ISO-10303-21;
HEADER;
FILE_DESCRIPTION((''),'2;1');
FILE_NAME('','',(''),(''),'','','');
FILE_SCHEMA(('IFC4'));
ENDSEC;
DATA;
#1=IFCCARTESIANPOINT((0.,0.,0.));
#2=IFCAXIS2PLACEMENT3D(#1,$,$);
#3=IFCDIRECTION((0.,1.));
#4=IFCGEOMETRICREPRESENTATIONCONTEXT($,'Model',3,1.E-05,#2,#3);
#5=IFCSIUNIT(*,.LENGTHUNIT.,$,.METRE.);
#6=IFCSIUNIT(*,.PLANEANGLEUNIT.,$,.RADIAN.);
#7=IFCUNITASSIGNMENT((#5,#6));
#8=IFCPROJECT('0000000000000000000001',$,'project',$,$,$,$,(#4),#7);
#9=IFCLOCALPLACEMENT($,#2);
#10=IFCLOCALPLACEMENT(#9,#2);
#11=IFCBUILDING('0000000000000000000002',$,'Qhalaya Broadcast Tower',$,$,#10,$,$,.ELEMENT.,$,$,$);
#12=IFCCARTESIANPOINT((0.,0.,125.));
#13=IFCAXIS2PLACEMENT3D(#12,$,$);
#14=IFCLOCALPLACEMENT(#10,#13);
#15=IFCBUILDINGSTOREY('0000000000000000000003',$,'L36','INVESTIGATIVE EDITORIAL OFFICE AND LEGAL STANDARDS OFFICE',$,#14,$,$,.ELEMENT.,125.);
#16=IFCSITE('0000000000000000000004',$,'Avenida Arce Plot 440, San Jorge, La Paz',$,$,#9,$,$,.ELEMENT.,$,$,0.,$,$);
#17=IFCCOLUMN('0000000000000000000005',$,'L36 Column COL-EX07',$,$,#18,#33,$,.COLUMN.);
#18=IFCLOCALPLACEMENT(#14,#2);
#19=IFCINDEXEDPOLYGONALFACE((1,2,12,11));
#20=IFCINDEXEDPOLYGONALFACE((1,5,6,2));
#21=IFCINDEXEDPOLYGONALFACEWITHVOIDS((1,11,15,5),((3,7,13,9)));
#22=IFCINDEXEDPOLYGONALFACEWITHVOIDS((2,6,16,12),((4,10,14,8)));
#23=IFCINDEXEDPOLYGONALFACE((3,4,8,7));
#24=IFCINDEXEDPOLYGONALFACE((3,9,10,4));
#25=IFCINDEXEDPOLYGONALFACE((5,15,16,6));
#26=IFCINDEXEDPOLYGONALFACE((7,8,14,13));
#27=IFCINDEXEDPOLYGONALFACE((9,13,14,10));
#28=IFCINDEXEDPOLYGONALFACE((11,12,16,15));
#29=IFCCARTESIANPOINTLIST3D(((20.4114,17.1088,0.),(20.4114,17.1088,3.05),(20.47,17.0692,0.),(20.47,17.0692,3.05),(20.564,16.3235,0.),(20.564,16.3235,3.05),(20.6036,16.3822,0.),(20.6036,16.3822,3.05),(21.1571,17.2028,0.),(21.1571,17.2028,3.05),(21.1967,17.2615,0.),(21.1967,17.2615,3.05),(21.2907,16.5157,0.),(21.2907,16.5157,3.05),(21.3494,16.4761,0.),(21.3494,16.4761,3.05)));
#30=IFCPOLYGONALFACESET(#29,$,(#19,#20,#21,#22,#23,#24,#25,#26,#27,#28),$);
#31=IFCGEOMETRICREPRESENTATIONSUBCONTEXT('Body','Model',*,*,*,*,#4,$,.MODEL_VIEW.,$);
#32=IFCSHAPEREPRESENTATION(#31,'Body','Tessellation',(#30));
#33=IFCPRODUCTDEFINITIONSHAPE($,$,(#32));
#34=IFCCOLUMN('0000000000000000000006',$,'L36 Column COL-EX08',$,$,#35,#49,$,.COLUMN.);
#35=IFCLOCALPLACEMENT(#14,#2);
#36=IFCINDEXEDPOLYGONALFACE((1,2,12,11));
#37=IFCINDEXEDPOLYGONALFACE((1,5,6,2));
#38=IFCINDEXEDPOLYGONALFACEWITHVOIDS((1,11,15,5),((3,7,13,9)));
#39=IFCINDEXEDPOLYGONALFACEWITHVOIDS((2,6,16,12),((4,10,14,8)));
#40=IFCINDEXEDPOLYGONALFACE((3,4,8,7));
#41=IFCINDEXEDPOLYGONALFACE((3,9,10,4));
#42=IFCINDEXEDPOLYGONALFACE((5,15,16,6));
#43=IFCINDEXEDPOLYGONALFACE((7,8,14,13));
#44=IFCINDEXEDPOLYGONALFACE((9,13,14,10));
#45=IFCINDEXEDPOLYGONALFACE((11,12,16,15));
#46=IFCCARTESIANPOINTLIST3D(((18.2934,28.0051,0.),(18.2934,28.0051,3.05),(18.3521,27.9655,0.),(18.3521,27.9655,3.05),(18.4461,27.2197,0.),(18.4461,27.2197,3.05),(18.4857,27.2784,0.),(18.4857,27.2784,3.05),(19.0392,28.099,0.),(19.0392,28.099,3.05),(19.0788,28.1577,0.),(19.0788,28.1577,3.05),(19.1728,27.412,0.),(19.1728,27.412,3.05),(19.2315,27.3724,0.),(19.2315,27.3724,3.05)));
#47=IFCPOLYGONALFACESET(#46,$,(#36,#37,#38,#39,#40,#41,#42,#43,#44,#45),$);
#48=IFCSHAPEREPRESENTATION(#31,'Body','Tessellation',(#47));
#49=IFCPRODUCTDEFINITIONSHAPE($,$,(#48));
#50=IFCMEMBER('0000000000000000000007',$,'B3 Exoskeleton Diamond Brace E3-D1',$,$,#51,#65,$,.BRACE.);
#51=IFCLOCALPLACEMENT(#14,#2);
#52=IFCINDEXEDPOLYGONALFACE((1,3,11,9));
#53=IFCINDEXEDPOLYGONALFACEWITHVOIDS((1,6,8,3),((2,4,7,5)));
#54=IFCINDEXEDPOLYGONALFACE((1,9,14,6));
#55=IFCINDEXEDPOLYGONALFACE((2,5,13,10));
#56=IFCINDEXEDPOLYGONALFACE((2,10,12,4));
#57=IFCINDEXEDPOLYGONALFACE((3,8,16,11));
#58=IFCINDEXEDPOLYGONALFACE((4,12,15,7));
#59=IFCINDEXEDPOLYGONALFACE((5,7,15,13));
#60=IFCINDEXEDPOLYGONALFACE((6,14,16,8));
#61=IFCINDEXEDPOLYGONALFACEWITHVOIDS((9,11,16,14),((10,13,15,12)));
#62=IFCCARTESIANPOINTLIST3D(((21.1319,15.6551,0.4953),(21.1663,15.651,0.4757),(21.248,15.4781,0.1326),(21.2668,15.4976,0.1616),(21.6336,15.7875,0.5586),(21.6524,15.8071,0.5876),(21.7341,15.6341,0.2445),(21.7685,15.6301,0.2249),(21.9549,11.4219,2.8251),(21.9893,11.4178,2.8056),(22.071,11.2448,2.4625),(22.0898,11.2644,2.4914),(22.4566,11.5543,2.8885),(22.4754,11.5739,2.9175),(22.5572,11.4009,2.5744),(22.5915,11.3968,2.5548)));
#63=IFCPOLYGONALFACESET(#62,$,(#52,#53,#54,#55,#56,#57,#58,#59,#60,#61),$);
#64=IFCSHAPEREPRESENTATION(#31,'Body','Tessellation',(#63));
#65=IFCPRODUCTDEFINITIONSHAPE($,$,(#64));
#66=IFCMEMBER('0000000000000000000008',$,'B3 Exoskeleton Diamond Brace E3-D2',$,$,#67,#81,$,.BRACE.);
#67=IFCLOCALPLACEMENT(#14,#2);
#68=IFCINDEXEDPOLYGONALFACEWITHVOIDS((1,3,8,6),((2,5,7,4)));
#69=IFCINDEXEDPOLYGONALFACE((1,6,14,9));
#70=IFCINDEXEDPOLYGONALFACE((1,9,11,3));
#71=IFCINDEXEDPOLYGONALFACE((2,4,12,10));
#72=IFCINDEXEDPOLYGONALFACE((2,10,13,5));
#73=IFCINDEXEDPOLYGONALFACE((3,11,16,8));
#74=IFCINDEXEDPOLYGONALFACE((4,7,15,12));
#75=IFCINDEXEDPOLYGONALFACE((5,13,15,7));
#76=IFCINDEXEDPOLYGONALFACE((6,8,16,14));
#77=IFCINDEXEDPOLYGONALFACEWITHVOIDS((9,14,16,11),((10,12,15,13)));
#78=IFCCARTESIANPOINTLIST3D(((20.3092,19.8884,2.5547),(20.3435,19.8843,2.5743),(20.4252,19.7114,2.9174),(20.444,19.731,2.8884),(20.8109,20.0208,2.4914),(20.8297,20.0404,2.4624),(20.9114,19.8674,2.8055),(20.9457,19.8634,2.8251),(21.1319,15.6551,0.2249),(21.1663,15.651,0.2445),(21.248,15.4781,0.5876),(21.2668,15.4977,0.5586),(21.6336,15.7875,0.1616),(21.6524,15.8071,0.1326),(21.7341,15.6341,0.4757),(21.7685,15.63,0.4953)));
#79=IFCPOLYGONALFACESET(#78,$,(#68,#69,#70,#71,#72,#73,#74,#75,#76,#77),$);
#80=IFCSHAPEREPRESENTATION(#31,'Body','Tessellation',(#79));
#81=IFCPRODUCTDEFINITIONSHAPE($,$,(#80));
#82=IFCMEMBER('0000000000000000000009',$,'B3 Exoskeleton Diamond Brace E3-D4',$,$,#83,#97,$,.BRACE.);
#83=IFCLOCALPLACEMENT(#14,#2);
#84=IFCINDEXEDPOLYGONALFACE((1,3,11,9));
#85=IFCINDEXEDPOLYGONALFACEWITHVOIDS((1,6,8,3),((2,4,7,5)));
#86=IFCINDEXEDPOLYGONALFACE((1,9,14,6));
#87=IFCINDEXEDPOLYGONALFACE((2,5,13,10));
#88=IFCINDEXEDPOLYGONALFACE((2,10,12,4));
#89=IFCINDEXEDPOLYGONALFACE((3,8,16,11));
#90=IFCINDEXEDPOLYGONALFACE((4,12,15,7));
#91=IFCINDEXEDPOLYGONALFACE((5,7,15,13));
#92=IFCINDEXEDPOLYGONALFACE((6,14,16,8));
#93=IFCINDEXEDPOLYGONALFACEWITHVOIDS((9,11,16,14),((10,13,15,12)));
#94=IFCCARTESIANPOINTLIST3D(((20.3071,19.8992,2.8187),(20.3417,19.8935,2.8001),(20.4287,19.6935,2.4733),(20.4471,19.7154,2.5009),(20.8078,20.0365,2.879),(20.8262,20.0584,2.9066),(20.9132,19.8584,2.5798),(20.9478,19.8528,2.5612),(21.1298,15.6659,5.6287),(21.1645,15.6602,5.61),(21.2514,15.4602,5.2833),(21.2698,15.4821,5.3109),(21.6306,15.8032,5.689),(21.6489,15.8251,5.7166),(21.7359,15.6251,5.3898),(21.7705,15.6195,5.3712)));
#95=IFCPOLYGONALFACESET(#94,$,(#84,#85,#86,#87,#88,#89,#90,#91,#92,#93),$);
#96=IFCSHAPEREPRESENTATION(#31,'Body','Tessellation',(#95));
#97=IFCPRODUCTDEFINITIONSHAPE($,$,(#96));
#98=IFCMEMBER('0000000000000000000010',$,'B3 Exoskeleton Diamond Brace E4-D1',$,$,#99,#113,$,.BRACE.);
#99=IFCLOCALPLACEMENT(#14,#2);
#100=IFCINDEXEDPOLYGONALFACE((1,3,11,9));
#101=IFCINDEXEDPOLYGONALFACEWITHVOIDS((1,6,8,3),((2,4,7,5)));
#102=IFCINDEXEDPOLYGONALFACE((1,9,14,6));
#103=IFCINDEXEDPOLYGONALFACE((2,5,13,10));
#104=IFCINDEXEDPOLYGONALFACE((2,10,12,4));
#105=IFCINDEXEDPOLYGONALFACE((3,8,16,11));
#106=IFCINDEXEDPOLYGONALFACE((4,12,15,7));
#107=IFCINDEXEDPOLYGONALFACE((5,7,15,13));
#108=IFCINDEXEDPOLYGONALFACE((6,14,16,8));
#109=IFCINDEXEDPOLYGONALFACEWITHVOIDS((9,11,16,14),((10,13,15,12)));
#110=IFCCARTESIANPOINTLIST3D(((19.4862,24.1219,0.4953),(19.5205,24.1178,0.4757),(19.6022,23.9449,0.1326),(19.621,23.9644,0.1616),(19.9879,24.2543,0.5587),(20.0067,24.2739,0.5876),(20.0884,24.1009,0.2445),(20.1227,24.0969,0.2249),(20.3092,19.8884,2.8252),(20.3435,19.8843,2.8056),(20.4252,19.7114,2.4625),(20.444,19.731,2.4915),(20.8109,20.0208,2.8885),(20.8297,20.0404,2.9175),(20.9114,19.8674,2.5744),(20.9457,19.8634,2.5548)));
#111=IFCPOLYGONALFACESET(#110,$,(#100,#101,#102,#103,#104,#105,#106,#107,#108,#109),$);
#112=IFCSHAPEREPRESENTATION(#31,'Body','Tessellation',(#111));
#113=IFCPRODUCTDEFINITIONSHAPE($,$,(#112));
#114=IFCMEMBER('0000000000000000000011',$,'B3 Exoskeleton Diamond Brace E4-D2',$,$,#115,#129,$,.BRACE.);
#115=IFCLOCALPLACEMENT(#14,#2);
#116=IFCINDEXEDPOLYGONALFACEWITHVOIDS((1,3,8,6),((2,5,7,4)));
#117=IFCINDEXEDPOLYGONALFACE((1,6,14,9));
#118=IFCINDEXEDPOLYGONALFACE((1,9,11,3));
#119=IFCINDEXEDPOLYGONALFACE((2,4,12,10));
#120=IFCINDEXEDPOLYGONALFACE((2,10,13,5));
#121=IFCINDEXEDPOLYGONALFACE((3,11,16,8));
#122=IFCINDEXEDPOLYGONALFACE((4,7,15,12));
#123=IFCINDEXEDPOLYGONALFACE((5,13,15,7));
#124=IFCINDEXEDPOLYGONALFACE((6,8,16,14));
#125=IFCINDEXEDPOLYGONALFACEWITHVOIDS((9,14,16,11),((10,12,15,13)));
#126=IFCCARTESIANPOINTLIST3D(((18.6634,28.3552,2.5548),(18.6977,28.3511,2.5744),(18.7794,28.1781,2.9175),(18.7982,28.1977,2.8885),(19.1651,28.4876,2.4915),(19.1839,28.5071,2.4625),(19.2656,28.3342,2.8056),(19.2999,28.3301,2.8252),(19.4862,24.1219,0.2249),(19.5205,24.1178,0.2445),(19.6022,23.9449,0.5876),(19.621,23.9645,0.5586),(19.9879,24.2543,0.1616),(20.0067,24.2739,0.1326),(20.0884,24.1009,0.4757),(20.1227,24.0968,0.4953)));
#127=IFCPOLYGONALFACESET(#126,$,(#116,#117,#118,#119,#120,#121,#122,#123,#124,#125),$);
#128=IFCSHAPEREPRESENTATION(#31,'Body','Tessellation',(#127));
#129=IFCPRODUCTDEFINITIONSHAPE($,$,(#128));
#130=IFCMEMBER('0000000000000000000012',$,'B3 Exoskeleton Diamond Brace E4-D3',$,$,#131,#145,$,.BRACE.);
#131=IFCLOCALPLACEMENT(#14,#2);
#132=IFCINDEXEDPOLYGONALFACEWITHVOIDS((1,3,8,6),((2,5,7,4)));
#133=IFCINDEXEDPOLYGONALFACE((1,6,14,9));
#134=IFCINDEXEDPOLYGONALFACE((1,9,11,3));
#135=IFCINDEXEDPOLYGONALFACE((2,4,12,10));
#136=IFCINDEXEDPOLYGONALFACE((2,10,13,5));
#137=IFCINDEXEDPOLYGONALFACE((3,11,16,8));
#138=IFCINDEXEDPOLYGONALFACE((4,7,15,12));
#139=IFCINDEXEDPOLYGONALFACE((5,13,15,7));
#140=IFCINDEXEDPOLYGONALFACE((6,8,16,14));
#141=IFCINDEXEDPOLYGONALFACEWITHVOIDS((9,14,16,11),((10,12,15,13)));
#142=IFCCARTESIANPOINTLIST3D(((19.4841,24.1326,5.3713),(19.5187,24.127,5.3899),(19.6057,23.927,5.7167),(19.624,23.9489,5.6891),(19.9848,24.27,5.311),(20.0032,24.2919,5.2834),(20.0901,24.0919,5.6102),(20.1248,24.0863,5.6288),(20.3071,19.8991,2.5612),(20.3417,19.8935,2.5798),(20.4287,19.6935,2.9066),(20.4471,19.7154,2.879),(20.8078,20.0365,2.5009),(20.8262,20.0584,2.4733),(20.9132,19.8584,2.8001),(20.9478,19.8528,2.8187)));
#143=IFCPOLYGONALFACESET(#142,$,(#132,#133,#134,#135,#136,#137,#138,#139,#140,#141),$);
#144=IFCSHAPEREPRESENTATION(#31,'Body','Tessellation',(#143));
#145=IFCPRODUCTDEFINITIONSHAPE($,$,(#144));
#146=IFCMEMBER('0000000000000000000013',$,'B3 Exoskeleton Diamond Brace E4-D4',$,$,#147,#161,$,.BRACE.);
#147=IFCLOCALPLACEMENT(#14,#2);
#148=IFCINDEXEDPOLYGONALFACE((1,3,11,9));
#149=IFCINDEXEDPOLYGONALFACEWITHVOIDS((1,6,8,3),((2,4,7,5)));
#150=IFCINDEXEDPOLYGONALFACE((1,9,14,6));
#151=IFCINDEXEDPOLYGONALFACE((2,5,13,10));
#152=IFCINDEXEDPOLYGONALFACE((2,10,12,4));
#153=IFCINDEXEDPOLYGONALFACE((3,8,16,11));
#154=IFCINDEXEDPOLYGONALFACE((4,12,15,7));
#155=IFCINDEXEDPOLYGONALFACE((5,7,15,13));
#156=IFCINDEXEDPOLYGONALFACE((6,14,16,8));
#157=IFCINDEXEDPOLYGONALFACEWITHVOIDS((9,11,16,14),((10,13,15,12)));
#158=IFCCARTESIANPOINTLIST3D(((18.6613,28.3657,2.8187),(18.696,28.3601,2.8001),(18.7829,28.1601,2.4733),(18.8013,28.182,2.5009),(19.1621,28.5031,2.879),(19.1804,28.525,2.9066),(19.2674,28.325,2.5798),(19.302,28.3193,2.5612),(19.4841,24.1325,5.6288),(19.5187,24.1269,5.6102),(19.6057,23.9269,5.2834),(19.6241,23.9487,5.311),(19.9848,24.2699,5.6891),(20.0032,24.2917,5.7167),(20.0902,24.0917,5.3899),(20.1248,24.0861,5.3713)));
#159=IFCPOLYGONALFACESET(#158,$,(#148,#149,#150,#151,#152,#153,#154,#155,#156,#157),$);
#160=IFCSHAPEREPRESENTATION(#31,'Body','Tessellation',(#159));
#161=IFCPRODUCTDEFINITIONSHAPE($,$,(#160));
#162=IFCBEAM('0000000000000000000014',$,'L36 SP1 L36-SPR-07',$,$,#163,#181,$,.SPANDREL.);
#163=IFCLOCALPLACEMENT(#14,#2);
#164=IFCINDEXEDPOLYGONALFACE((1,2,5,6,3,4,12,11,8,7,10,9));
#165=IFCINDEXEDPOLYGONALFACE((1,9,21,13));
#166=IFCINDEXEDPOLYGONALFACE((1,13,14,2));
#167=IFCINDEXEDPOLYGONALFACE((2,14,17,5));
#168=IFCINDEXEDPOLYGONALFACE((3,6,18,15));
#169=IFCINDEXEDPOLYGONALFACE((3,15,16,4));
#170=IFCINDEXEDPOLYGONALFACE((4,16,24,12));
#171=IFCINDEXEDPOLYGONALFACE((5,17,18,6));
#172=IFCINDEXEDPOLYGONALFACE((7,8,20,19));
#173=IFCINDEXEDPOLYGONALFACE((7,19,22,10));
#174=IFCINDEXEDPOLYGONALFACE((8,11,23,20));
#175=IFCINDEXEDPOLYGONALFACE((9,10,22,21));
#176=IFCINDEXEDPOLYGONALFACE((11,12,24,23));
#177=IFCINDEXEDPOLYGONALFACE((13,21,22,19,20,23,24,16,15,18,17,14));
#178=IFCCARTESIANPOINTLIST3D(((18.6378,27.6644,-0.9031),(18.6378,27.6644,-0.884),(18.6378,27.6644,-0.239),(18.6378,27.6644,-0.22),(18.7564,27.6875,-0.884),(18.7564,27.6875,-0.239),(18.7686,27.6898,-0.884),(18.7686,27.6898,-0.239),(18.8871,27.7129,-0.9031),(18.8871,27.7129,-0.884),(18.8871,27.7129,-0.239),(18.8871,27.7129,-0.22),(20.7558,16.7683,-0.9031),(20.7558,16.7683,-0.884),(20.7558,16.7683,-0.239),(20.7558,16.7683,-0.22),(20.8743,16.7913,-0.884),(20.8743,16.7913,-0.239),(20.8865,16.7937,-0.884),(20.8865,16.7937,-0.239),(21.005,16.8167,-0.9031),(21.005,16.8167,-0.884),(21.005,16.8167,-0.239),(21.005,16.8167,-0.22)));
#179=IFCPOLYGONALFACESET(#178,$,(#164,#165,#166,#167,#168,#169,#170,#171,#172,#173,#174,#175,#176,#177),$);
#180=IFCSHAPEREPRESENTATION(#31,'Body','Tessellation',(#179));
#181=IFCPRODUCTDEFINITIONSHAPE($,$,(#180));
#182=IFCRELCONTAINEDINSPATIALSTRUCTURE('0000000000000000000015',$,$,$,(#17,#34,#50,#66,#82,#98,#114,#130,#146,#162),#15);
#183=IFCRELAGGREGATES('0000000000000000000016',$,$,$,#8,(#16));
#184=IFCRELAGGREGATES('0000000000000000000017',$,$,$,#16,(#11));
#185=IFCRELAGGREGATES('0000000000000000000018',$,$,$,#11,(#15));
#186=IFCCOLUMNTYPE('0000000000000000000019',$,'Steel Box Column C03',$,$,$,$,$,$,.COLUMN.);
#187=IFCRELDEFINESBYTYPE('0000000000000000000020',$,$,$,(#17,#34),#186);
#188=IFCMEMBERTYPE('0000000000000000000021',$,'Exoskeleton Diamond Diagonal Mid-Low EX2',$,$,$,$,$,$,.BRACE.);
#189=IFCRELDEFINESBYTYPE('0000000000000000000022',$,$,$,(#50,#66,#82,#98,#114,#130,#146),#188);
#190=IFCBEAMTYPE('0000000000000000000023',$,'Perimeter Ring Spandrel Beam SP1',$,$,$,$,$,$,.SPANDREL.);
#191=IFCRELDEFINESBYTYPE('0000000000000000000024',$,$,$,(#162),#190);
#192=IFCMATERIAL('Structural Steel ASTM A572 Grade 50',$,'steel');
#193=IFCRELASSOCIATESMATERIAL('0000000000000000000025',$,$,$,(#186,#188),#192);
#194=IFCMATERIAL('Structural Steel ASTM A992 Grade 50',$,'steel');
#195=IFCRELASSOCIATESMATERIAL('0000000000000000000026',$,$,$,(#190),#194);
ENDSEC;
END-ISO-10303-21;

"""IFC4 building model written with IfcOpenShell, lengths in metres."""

from ifc_helpers import new_model, si_unit, direction, frame, origin, origin_2d, place, context, subcontext, project, spatial, hollow_rectangle, i_section, extrude, material, material_profile, profile_set, type_object, element, save


model = new_model("IFC4")

# Units and contexts
model_context = context("Model", 3, precision=1e-05, world=origin(), true_north=direction((0.0, 1.0)))
body_context = subcontext(model_context, "Body", "Model", "MODEL_VIEW")
ifc_project = project(units=[si_unit("LENGTHUNIT", "METRE"), si_unit("PLANEANGLEUNIT", "RADIAN")], contexts=[model_context])

# Site, building, storey
site_placement = place(None, origin())
site = spatial("IfcSite", under=ifc_project, at=site_placement, Name="Avenida Arce Plot 440, San Jorge, La Paz", CompositionType="ELEMENT", RefElevation=0.0)
building_placement = place(site_placement, origin())
building = spatial("IfcBuilding", under=site, at=building_placement, Name="Qhalaya Broadcast Tower", CompositionType="ELEMENT")
storey_placement = place(building_placement, frame((0.0, 0.0, 125.0)))
storey = spatial("IfcBuildingStorey", under=building, at=storey_placement, Name="L36", Description="INVESTIGATIVE EDITORIAL OFFICE AND LEGAL STANDARDS OFFICE", CompositionType="ELEMENT", Elevation=125.0)

# Columns
ifc_material_1 = material(Name="Structural Steel ASTM A572 Grade 50", Category="steel")
ifc_material_profile_1 = material_profile(ifc_material_1, hollow_rectangle(XDim=0.8, YDim=0.8, WallThickness=0.05, at=origin_2d()), Name="BOX 800x800x50")
ifc_profile_set_1 = profile_set([ifc_material_profile_1], Name="Structural Steel ASTM A572 Grade 50")
column_type = type_object("IfcColumnType", Name="Steel Box Column C03", PredefinedType="COLUMN", material=ifc_profile_set_1)
for number, where, z_axis, x_axis, name in (
    (1, (20.8804, 16.7925, 0.0), (0.0, 0.0, 1.0), (-0.190809, 0.981627, 0.0), "L36 Column COL-EX07"),
    (2, (18.7625, 27.6887, 0.0), (0.0, 0.0, 1.0), (-0.190809, 0.981627, 0.0), "L36 Column COL-EX08"),
):
    element("IfcColumn", number, at=place(storey_placement, frame(where, z_axis=z_axis, x_axis=x_axis)), inside=storey, type_object=column_type, Name=name, PredefinedType="COLUMN", context=body_context, shape_type="SweptSolid", body=[
        extrude(hollow_rectangle(XDim=0.8, YDim=0.8, WallThickness=0.05, at=origin_2d()), origin(), (0.0, 0.0, 1.0), 3.05),
    ])

# Members
ifc_material_profile_2 = material_profile(ifc_material_1, hollow_rectangle(XDim=0.4199, YDim=0.55, WallThickness=0.0281, at=origin_2d()), Name="BOX 420x550x28")
ifc_profile_set_2 = profile_set([ifc_material_profile_2], Name="Structural Steel ASTM A572 Grade 50")
member_type = type_object("IfcMemberType", Name="Exoskeleton Diamond Diagonal Mid-Low EX2", PredefinedType="BRACE", material=ifc_profile_set_2)
for number, where, z_axis, x_axis, name in (
    (3, (21.4502, 15.6426, 0.3601), (0.167906, -0.863638, 0.475327), (-0.276349, 0.421604, 0.863644), "B3 Exoskeleton Diamond Brace E3-D1"),
    (4, (21.4502, 15.6426, 0.3601), (-0.167851, 0.863658, 0.475311), (0.276318, -0.421606, 0.863653), "B3 Exoskeleton Diamond Brace E3-D2"),
):
    element("IfcMember", number, at=place(storey_placement, frame(where, z_axis=z_axis, x_axis=x_axis)), inside=storey, type_object=member_type, Name=name, PredefinedType="BRACE", context=body_context, shape_type="SweptSolid", body=[
        extrude(hollow_rectangle(XDim=0.4199, YDim=0.55, WallThickness=0.0281, at=origin_2d()), origin(), (0.0, 0.0, 1.0), 4.9016),
    ])
member_1_placement = place(storey_placement, frame((20.6274, 19.876, 2.6899), z_axis=(0.159841, -0.822445, 0.545925), x_axis=(-0.289542, 0.48965, 0.82244)))
element("IfcMember", 5, at=member_1_placement, inside=storey, type_object=member_type, Name="B3 Exoskeleton Diamond Brace E3-D4", PredefinedType="BRACE", context=body_context, shape_type="SweptSolid", body=[
    extrude(hollow_rectangle(XDim=0.4199, YDim=0.55, WallThickness=0.0281, at=origin_2d()), origin(), (0.0, 0.0, 1.0), 5.1472),
])
member_2_placement = place(storey_placement, frame((19.8044, 24.1094, 0.3601), z_axis=(0.167899, -0.863651, 0.475307), x_axis=(-0.27634, 0.421587, 0.863655)))
element("IfcMember", 6, at=member_2_placement, inside=storey, type_object=member_type, Name="B3 Exoskeleton Diamond Brace E4-D1", PredefinedType="BRACE", context=body_context, shape_type="SweptSolid", body=[
    extrude(hollow_rectangle(XDim=0.4199, YDim=0.55, WallThickness=0.0281, at=origin_2d()), origin(), (0.0, 0.0, 1.0), 4.9019),
])
member_3_placement = place(storey_placement, frame((19.8044, 24.1094, 0.3601), z_axis=(-0.167858, 0.863646, 0.475331), x_axis=(0.276326, -0.421623, 0.863642)))
element("IfcMember", 7, at=member_3_placement, inside=storey, type_object=member_type, Name="B3 Exoskeleton Diamond Brace E4-D2", PredefinedType="BRACE", context=body_context, shape_type="SweptSolid", body=[
    extrude(hollow_rectangle(XDim=0.4199, YDim=0.55, WallThickness=0.0281, at=origin_2d()), origin(), (0.0, 0.0, 1.0), 4.9016),
])
member_4_placement = place(storey_placement, frame((20.6274, 19.876, 2.6899), z_axis=(-0.159887, 0.822439, 0.545921), x_axis=(0.289568, -0.48963, 0.822443)))
element("IfcMember", 8, at=member_4_placement, inside=storey, type_object=member_type, Name="B3 Exoskeleton Diamond Brace E4-D3", PredefinedType="BRACE", context=body_context, shape_type="SweptSolid", body=[
    extrude(hollow_rectangle(XDim=0.4199, YDim=0.55, WallThickness=0.0281, at=origin_2d()), origin(), (0.0, 0.0, 1.0), 5.1475),
])
member_5_placement = place(storey_placement, frame((18.9817, 28.3425, 2.6899), z_axis=(0.159847, -0.82243, 0.545947), x_axis=(-0.289551, 0.489668, 0.822427)))
element("IfcMember", 9, at=member_5_placement, inside=storey, type_object=member_type, Name="B3 Exoskeleton Diamond Brace E4-D4", PredefinedType="BRACE", context=body_context, shape_type="SweptSolid", body=[
    extrude(hollow_rectangle(XDim=0.4199, YDim=0.55, WallThickness=0.0281, at=origin_2d()), origin(), (0.0, 0.0, 1.0), 5.1472),
])

# Beam
ifc_material_2 = material(Name="Structural Steel ASTM A992 Grade 50", Category="steel")
ifc_material_profile_3 = material_profile(ifc_material_2, i_section(OverallWidth=0.2539, OverallDepth=0.6831, WebThickness=0.0125, FlangeThickness=0.019, at=origin_2d()), Name="W27X94")
ifc_profile_set_3 = profile_set([ifc_material_profile_3], Name="Structural Steel ASTM A992 Grade 50")
beam_type = type_object("IfcBeamType", Name="Perimeter Ring Spandrel Beam SP1", PredefinedType="SPANDREL", material=ifc_profile_set_3)
beam_1_placement = place(storey_placement, frame((20.8804, 16.7925, -0.5615), z_axis=(-0.190801, 0.981629, 0.0), x_axis=(-0.981629, -0.190801, 0.0)))
element("IfcBeam", 10, at=beam_1_placement, inside=storey, type_object=beam_type, Name="L36 SP1 L36-SPR-07", PredefinedType="SPANDREL", context=body_context, shape_type="SweptSolid", body=[
    extrude(i_section(OverallWidth=0.2539, OverallDepth=0.6831, WebThickness=0.0125, FlangeThickness=0.019, at=origin_2d()), origin(), (0.0, 0.0, 1.0), 11.1001),
])

save(model, "model.ifc")
